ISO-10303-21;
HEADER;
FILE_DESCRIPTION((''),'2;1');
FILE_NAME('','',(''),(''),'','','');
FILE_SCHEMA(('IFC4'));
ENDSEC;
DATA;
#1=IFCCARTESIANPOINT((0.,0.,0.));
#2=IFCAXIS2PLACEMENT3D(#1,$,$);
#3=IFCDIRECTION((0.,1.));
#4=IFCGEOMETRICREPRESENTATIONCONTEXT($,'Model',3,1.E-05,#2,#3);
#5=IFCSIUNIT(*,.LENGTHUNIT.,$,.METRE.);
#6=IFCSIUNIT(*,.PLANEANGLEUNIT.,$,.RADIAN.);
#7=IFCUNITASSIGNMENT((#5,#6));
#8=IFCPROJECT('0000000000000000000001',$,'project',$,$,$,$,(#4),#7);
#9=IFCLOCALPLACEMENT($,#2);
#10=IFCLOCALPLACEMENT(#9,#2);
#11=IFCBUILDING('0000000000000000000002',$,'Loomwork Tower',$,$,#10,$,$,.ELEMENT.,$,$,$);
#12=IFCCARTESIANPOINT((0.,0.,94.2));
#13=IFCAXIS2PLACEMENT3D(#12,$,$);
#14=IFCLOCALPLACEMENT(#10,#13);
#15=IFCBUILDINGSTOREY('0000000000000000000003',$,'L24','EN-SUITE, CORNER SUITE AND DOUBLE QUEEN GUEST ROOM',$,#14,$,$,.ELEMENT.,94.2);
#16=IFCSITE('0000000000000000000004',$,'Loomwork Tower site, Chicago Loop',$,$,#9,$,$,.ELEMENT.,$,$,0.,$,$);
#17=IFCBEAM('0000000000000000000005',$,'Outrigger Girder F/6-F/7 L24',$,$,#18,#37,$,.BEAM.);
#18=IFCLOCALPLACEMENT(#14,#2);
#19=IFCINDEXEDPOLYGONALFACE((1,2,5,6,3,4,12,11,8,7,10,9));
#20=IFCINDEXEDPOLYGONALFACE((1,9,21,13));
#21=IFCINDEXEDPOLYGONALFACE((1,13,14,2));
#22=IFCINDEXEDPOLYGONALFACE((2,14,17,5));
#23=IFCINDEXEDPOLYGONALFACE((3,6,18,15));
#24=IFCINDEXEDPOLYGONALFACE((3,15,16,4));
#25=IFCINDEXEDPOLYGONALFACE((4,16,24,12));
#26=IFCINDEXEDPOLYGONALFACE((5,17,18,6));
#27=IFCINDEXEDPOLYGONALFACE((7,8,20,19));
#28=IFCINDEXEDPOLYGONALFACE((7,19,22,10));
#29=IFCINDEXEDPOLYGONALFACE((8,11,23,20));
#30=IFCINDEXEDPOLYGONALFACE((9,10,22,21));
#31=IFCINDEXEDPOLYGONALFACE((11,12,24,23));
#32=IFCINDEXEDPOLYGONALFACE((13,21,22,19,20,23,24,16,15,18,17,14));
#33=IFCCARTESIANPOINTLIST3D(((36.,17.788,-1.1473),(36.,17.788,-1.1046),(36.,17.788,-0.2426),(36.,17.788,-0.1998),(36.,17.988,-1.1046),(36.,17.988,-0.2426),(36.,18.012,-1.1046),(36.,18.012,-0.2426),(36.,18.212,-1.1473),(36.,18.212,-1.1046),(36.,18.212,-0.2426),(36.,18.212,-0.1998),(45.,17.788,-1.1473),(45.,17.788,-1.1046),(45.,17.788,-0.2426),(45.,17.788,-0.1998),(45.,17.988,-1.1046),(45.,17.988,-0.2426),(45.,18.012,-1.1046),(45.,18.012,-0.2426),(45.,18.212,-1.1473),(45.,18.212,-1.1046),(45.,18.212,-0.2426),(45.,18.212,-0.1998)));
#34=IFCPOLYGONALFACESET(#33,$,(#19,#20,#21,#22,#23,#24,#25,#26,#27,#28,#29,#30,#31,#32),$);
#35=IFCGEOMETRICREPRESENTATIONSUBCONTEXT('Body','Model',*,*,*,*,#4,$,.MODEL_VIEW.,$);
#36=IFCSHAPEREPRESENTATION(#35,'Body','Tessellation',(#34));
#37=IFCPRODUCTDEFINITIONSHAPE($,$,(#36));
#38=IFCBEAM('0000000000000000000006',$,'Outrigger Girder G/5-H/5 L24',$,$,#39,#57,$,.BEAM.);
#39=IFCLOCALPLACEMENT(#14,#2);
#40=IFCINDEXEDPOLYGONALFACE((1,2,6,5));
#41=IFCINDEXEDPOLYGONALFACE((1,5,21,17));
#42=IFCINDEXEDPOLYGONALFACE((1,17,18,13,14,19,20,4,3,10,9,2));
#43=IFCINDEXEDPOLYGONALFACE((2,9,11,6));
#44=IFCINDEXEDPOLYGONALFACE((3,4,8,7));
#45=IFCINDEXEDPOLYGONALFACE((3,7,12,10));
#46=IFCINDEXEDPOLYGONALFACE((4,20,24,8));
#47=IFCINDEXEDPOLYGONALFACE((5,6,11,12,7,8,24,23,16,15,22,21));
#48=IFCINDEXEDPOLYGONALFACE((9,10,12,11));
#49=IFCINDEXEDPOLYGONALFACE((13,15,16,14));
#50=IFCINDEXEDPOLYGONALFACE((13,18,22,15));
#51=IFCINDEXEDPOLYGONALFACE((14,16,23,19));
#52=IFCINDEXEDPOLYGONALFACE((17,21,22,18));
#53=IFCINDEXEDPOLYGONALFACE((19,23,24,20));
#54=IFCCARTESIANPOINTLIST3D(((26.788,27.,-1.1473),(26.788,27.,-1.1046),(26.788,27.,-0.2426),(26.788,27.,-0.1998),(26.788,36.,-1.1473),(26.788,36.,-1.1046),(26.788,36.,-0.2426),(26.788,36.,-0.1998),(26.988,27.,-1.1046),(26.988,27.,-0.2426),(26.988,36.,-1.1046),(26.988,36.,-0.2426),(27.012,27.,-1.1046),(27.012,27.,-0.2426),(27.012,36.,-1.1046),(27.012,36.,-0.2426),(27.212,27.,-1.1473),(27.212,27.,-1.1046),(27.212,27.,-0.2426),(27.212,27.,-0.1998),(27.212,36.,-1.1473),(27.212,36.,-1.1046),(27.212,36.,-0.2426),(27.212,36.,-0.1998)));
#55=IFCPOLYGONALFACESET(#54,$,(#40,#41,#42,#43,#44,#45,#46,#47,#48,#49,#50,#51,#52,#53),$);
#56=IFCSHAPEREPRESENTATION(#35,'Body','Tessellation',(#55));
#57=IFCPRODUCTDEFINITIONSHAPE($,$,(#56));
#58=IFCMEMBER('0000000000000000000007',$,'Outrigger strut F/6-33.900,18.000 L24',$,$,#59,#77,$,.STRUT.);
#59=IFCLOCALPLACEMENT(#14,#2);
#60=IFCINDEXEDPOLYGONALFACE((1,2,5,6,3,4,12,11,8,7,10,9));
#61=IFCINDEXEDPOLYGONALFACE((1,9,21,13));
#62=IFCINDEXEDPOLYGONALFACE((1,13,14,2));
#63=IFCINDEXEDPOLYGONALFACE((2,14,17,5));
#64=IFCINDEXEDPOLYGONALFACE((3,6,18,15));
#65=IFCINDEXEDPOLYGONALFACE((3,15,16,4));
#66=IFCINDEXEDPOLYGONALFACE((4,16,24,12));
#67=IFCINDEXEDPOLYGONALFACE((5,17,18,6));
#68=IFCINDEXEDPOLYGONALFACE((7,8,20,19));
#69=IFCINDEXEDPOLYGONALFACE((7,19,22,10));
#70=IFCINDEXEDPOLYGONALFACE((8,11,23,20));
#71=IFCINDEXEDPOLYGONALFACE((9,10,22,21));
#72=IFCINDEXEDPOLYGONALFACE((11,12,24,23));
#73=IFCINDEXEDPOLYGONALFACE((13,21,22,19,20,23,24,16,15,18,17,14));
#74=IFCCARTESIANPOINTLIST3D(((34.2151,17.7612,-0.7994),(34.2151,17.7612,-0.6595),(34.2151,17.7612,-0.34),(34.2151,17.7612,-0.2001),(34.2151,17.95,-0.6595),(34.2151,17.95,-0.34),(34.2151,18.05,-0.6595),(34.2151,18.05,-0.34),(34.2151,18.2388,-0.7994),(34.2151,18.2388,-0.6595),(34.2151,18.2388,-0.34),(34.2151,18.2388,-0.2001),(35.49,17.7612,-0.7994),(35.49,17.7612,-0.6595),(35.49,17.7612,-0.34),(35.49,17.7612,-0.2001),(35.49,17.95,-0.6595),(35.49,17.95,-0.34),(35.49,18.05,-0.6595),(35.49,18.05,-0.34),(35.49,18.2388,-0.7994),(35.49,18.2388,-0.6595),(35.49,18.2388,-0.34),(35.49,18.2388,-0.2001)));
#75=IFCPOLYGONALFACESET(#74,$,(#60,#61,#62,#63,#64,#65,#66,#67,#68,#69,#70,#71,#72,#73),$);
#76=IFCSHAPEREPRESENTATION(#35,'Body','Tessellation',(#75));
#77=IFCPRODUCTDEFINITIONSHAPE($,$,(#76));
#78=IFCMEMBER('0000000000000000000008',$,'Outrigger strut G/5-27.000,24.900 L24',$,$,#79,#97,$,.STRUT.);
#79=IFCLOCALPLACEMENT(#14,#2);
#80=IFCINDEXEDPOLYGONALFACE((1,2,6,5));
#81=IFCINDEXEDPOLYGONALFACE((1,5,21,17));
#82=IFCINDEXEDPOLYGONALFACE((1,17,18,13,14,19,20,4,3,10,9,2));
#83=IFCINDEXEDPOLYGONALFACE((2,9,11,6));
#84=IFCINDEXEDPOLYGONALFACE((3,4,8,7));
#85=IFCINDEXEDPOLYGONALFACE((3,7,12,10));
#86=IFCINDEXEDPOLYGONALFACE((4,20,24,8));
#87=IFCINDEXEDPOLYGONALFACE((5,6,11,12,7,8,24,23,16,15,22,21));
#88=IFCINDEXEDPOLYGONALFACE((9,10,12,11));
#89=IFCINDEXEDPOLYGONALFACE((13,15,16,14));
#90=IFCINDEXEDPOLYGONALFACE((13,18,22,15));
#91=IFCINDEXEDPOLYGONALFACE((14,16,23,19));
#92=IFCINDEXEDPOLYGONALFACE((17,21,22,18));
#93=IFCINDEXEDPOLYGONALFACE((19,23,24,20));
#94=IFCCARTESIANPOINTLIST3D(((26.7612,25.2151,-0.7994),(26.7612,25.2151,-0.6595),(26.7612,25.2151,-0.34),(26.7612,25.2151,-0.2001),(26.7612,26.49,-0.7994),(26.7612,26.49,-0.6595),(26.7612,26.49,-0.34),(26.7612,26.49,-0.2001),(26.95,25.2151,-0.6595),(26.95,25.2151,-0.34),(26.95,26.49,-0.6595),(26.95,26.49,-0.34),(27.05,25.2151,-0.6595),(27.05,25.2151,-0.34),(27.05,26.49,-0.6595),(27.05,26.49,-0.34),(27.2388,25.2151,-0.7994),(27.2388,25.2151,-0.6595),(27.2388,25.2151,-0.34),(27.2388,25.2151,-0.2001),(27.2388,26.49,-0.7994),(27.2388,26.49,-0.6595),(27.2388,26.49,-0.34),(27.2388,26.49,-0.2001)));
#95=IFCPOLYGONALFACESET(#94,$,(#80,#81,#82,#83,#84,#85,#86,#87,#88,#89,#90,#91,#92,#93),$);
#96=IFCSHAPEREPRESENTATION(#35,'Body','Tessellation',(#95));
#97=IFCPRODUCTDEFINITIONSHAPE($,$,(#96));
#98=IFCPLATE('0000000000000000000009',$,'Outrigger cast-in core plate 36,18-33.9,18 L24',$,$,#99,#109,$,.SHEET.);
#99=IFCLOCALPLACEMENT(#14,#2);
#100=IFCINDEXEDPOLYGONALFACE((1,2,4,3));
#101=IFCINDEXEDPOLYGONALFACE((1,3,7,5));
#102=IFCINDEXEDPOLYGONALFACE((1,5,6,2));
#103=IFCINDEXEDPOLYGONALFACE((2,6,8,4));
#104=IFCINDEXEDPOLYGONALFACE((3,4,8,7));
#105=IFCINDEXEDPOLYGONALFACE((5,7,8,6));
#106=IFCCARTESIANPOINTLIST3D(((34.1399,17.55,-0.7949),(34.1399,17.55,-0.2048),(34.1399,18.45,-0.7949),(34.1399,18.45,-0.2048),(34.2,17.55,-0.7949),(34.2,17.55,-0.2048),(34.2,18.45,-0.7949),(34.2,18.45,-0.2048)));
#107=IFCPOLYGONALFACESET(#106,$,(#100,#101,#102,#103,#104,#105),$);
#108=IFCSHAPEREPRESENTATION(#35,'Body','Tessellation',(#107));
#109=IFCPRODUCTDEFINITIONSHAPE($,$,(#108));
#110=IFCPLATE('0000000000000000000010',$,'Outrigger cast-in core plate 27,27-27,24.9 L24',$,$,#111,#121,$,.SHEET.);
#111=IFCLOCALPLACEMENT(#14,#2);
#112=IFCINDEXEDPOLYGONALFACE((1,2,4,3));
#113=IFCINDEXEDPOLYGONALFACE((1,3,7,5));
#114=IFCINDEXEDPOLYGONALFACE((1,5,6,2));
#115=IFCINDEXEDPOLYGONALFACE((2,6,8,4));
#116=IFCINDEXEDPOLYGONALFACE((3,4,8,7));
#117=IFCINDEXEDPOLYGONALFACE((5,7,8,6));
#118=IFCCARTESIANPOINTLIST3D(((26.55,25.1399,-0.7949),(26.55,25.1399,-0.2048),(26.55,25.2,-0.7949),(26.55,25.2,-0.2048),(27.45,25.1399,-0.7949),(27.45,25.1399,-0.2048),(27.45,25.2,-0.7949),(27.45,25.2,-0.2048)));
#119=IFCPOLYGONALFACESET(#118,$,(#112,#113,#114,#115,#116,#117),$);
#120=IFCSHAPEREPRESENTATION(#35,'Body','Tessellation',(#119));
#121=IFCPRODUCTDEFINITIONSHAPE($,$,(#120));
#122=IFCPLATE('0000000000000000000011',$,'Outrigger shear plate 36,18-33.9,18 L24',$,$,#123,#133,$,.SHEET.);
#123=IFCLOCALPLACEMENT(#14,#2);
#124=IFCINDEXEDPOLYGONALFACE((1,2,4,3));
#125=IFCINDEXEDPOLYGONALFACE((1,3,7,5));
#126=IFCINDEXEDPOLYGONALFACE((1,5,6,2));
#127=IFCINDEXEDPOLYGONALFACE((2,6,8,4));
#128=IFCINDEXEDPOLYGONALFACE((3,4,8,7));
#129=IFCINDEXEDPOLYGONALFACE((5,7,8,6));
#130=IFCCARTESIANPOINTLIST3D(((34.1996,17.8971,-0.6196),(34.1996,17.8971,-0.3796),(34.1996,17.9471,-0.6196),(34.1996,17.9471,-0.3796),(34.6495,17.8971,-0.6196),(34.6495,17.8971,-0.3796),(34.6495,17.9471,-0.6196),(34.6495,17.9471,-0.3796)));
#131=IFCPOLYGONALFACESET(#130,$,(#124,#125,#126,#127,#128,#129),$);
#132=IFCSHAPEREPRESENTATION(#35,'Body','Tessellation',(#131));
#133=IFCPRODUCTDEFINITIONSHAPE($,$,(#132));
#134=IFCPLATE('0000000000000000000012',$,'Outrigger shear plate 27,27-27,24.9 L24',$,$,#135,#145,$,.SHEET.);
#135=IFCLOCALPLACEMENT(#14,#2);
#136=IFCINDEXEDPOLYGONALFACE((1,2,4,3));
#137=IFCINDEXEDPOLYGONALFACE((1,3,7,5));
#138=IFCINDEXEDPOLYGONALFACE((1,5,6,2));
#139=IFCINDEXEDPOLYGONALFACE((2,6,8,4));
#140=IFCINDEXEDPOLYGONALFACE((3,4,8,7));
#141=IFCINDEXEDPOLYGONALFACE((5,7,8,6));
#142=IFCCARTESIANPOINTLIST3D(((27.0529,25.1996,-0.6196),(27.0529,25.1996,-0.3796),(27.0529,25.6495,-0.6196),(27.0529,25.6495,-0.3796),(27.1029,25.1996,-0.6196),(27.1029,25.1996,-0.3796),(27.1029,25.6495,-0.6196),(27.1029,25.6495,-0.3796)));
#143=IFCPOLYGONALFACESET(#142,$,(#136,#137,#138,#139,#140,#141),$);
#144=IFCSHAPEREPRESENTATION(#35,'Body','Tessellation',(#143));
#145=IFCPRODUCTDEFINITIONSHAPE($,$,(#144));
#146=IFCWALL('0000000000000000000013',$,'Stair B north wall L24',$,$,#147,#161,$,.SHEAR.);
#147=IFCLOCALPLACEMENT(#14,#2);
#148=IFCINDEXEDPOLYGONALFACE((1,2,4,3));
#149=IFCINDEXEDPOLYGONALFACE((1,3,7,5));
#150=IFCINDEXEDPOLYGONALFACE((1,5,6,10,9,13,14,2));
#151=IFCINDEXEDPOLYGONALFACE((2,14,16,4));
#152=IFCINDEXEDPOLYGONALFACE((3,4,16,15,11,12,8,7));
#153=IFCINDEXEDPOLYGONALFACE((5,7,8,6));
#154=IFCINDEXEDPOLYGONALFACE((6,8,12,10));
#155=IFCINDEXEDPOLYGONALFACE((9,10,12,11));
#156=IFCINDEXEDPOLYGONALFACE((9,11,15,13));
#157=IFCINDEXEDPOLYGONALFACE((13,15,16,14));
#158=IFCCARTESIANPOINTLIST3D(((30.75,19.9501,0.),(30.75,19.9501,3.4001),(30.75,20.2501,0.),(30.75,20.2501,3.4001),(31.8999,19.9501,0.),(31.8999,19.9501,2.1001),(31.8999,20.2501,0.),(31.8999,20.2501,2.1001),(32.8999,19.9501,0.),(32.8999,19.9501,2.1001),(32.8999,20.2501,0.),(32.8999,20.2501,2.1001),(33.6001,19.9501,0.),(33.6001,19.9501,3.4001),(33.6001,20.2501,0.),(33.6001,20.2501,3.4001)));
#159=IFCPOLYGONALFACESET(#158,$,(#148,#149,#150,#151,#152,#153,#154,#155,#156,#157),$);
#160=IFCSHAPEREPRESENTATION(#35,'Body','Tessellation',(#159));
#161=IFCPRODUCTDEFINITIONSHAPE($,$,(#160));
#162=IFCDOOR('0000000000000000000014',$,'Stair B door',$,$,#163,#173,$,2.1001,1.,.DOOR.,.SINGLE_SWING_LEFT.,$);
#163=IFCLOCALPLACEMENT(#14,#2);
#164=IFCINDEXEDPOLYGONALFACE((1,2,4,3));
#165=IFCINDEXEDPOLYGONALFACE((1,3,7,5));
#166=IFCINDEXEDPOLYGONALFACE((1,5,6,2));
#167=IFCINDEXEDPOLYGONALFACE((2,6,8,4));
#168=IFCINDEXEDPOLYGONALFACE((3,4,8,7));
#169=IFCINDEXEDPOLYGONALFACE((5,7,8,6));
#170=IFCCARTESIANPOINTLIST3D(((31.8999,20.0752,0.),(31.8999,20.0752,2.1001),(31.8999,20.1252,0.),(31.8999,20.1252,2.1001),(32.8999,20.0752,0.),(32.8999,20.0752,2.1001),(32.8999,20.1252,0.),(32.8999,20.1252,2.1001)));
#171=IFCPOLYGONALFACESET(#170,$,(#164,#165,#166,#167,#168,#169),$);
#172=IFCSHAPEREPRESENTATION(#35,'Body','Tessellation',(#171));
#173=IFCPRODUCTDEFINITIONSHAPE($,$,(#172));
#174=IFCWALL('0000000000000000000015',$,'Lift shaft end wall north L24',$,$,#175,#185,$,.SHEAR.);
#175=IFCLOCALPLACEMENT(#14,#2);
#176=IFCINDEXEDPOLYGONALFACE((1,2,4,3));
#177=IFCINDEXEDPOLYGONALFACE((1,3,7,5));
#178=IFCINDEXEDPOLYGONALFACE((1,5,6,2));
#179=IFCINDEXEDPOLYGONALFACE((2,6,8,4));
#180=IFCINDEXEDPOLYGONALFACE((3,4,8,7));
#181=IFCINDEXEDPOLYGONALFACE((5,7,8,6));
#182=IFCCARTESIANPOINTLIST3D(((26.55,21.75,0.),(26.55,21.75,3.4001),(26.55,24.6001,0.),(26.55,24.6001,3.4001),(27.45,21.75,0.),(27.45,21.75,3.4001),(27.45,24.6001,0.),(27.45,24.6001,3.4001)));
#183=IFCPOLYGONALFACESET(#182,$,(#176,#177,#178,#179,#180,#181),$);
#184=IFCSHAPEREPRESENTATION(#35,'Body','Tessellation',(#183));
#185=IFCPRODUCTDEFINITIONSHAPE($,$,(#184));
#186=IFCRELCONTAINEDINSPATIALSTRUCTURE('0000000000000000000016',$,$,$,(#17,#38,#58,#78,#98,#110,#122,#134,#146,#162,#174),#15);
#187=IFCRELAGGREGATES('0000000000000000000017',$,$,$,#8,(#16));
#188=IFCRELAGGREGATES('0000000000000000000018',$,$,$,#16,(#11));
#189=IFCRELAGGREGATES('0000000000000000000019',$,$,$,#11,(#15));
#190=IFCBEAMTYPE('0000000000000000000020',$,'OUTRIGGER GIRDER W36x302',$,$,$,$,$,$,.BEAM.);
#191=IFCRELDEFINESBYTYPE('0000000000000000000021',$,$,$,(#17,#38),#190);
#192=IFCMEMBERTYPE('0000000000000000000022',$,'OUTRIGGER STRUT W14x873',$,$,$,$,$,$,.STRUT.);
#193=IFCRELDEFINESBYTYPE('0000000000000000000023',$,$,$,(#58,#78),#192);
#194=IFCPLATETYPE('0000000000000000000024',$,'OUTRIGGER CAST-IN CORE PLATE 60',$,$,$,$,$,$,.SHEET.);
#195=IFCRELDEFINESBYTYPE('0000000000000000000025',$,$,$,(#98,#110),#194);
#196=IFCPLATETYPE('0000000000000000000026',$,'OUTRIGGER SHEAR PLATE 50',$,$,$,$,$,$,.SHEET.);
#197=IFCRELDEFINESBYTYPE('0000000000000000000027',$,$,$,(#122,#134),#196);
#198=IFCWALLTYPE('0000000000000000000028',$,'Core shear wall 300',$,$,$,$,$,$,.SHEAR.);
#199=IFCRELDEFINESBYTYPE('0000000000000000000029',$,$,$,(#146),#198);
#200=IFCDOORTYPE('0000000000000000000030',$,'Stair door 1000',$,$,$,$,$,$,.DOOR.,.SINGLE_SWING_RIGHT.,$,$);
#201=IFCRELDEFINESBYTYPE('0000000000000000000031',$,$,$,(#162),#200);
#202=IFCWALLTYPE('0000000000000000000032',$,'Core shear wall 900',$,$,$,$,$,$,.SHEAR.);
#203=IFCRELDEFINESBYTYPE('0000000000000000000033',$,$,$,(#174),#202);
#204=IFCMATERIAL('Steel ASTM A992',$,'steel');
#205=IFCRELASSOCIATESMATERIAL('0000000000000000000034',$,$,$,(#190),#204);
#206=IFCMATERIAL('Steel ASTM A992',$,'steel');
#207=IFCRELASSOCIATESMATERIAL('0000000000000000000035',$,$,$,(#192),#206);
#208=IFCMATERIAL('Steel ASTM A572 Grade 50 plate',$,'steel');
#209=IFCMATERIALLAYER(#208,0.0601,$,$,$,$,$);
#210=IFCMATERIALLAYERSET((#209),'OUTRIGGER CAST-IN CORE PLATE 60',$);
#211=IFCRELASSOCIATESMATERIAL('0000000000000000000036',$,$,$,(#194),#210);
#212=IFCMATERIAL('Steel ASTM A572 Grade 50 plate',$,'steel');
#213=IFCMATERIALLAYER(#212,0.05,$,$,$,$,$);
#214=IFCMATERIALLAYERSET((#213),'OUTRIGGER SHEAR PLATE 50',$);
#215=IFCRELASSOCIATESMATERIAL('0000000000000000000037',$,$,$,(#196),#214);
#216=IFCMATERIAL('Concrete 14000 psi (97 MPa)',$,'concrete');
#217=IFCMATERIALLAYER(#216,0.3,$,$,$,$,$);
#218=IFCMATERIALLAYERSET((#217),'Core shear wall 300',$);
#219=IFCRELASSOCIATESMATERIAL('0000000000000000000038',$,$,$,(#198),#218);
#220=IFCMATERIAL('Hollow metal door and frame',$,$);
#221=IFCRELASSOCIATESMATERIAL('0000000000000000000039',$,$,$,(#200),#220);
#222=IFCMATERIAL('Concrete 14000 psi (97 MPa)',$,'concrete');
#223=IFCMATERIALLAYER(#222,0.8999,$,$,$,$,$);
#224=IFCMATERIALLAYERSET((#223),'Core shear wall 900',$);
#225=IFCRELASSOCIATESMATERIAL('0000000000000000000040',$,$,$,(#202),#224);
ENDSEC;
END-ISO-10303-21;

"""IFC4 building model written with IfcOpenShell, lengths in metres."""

from ifc_helpers import new_model, si_unit, direction, frame, frame_2d, origin, origin_2d, place, context, subcontext, project, spatial, rectangle, i_section, extrude, material, layer, layer_set, material_profile, profile_set, type_object, element, fill, save


model = new_model("IFC4")

# Units and contexts
model_context = context("Model", 3, precision=1e-05, world=origin(), true_north=direction((0.0, 1.0)))
body_context = subcontext(model_context, "Body", "Model", "MODEL_VIEW")
ifc_project = project(units=[si_unit("LENGTHUNIT", "METRE"), si_unit("PLANEANGLEUNIT", "RADIAN")], contexts=[model_context])

# Site, building, storey
site_placement = place(None, origin())
site = spatial("IfcSite", under=ifc_project, at=site_placement, Name="Loomwork Tower site, Chicago Loop", CompositionType="ELEMENT", RefElevation=0.0)
building_placement = place(site_placement, origin())
building = spatial("IfcBuilding", under=site, at=building_placement, Name="Loomwork Tower", CompositionType="ELEMENT")
storey_placement = place(building_placement, frame((0.0, 0.0, 94.2)))
storey = spatial("IfcBuildingStorey", under=building, at=storey_placement, Name="L24", Description="EN-SUITE, CORNER SUITE AND DOUBLE QUEEN GUEST ROOM", CompositionType="ELEMENT", Elevation=94.2)

# Beams
ifc_material_1 = material(Name="Steel ASTM A992", Category="steel")
ifc_material_profile_1 = material_profile(ifc_material_1, i_section(OverallWidth=0.4241, OverallDepth=0.9475, WebThickness=0.0239, FlangeThickness=0.0427, at=origin_2d()), Name="W36x302")
ifc_profile_set_1 = profile_set([ifc_material_profile_1], Name="Steel ASTM A992")
beam_type_1 = type_object("IfcBeamType", Name="OUTRIGGER GIRDER W36x302", PredefinedType="BEAM", material=ifc_profile_set_1)
for number, where, z_axis, x_axis, name in (
    (1, (36.0, 18.0, -0.6736), (1.0, 0.0, 0.0), (0.0, 1.0, 0.0), "Outrigger Girder F/6-F/7 L24"),
    (2, (27.0, 27.0, -0.6736), (0.0, 1.0, 0.0), (-1.0, 0.0, 0.0), "Outrigger Girder G/5-H/5 L24"),
):
    element("IfcBeam", number, at=place(storey_placement, frame(where, z_axis=z_axis, x_axis=x_axis)), inside=storey, type_object=beam_type_1, Name=name, PredefinedType="BEAM", context=body_context, shape_type="SweptSolid", body=[
        extrude(i_section(OverallWidth=0.4241, OverallDepth=0.9475, WebThickness=0.0239, FlangeThickness=0.0427, at=origin_2d()), origin(), (0.0, 0.0, 1.0), 9.0),
    ])

# Members
ifc_material_2 = material(Name="Steel ASTM A992", Category="steel")
ifc_material_profile_2 = material_profile(ifc_material_2, i_section(OverallWidth=0.4775, OverallDepth=0.5994, WebThickness=0.1001, FlangeThickness=0.1399, at=origin_2d()), Name="W14x873")
ifc_profile_set_2 = profile_set([ifc_material_profile_2], Name="Steel ASTM A992")
member_type = type_object("IfcMemberType", Name="OUTRIGGER STRUT W14x873", PredefinedType="STRUT", material=ifc_profile_set_2)
for number, where, z_axis, x_axis, name in (
    (3, (35.49, 18.0, -0.4998), (-1.0, 0.0, 0.0), (0.0, -1.0, 0.0), "Outrigger strut F/6-33.900,18.000 L24"),
    (4, (27.0, 26.49, -0.4998), (0.0, -1.0, 0.0), (1.0, 0.0, 0.0), "Outrigger strut G/5-27.000,24.900 L24"),
):
    element("IfcMember", number, at=place(storey_placement, frame(where, z_axis=z_axis, x_axis=x_axis)), inside=storey, type_object=member_type, Name=name, PredefinedType="STRUT", context=body_context, shape_type="SweptSolid", body=[
        extrude(i_section(OverallWidth=0.4775, OverallDepth=0.5994, WebThickness=0.1001, FlangeThickness=0.1399, at=origin_2d()), origin(), (0.0, 0.0, 1.0), 1.2749),
    ])

# Plates
ifc_material_3 = material(Name="Steel ASTM A572 Grade 50 plate", Category="steel")
ifc_layer_1 = layer(ifc_material_3, 0.0601)
ifc_layer_set_1 = layer_set([ifc_layer_1], Name="OUTRIGGER CAST-IN CORE PLATE 60")
plate_type_1 = type_object("IfcPlateType", Name="OUTRIGGER CAST-IN CORE PLATE 60", PredefinedType="SHEET", material=ifc_layer_set_1)
for number, where, z_axis, x_axis, name in (
    (5, (34.1699, 18.0, -0.7949), (0.0, 0.0, 1.0), (0.0, 1.0, 0.0), "Outrigger cast-in core plate 36,18-33.9,18 L24"),
    (6, (27.0, 25.1699, -0.7949), (0.0, 0.0, 1.0), (1.0, 0.0, 0.0), "Outrigger cast-in core plate 27,27-27,24.9 L24"),
):
    element("IfcPlate", number, at=place(storey_placement, frame(where, z_axis=z_axis, x_axis=x_axis)), inside=storey, type_object=plate_type_1, Name=name, PredefinedType="SHEET", context=body_context, shape_type="SweptSolid", body=[
        extrude(rectangle(XDim=0.8999, YDim=0.0601, at=origin_2d()), origin(), (0.0, 0.0, 1.0), 0.5901),
    ])
ifc_material_4 = material(Name="Steel ASTM A572 Grade 50 plate", Category="steel")
ifc_layer_2 = layer(ifc_material_4, 0.05)
ifc_layer_set_2 = layer_set([ifc_layer_2], Name="OUTRIGGER SHEAR PLATE 50")
plate_type_2 = type_object("IfcPlateType", Name="OUTRIGGER SHEAR PLATE 50", PredefinedType="SHEET", material=ifc_layer_set_2)
for number, where, z_axis, x_axis, name in (
    (7, (34.4246, 17.9221, -0.6196), (0.0, 0.0, 1.0), (1.0, 0.0, 0.0), "Outrigger shear plate 36,18-33.9,18 L24"),
    (8, (27.0779, 25.4246, -0.6196), (0.0, 0.0, 1.0), (0.0, 1.0, 0.0), "Outrigger shear plate 27,27-27,24.9 L24"),
):
    element("IfcPlate", number, at=place(storey_placement, frame(where, z_axis=z_axis, x_axis=x_axis)), inside=storey, type_object=plate_type_2, Name=name, PredefinedType="SHEET", context=body_context, shape_type="SweptSolid", body=[
        extrude(rectangle(XDim=0.45, YDim=0.05, at=origin_2d()), origin(), (0.0, 0.0, 1.0), 0.24),
    ])

# Wall, opening, door
ifc_material_5 = material(Name="Concrete 14000 psi (97 MPa)", Category="concrete")
ifc_layer_3 = layer(ifc_material_5, 0.3)
ifc_layer_set_3 = layer_set([ifc_layer_3], Name="Core shear wall 300")
wall_type_1 = type_object("IfcWallType", Name="Core shear wall 300", PredefinedType="SHEAR", material=ifc_layer_set_3)
wall_1_placement = place(storey_placement, frame((30.75, 20.1001, 0.0), z_axis=(0.0, 0.0, 1.0), x_axis=(1.0, 0.0, 0.0)))
wall_1 = element("IfcWall", 9, at=wall_1_placement, inside=storey, type_object=wall_type_1, Name="Stair B north wall L24", PredefinedType="SHEAR", context=body_context, shape_type="SweptSolid", body=[
    extrude(rectangle(XDim=2.8501, YDim=0.3, at=frame_2d((1.425, 0.0))), origin(), (0.0, 0.0, 1.0), 3.4001),
])
opening_1_placement = place(wall_1_placement, frame((1.1499, 0.0, 0.0)))
opening_1 = element("IfcOpeningElement", 10, at=opening_1_placement, cuts=wall_1, PredefinedType="OPENING", context=body_context, shape_type="SweptSolid", body=[
    extrude(rectangle(XDim=1.0, YDim=2.1001, at=frame_2d((0.5, 1.05))), frame((0.0, 0.1599, 0.0), z_axis=(0.0, -1.0, 0.0), x_axis=(1.0, 0.0, 0.0)), (0.0, 0.0, 1.0), 0.3201),
])
ifc_material_6 = material(Name="Hollow metal door and frame")
door_type_1 = type_object("IfcDoorType", Name="Stair door 1000", OperationType="SINGLE_SWING_RIGHT", PredefinedType="DOOR", material=ifc_material_6)
door_1_placement = place(opening_1_placement, frame((1.0, 0.0, 0.0), z_axis=(0.0, 0.0, 1.0), x_axis=(-1.0, 0.0, 0.0)))
door_1 = element("IfcDoor", 11, at=door_1_placement, inside=storey, type_object=door_type_1, Name="Stair B door", OperationType="SINGLE_SWING_LEFT", OverallHeight=2.1001, OverallWidth=1.0, PredefinedType="DOOR", context=body_context, shape_type="SweptSolid", body=[
    extrude(rectangle(XDim=1.0, YDim=2.1001, at=frame_2d((0.5, 1.05))), frame((0.0, 0.0249, 0.0), z_axis=(0.0, -1.0, 0.0), x_axis=(1.0, 0.0, 0.0)), (0.0, 0.0, 1.0), 0.05),
])
fill(opening_1, door_1)

# Wall
ifc_material_7 = material(Name="Concrete 14000 psi (97 MPa)", Category="concrete")
ifc_layer_4 = layer(ifc_material_7, 0.8999)
ifc_layer_set_4 = layer_set([ifc_layer_4], Name="Core shear wall 900")
wall_type_2 = type_object("IfcWallType", Name="Core shear wall 900", PredefinedType="SHEAR", material=ifc_layer_set_4)
wall_2_placement = place(storey_placement, frame((27.0, 21.75, 0.0), z_axis=(0.0, 0.0, 1.0), x_axis=(0.0, 1.0, 0.0)))
element("IfcWall", 12, at=wall_2_placement, inside=storey, type_object=wall_type_2, Name="Lift shaft end wall north L24", PredefinedType="SHEAR", context=body_context, shape_type="SweptSolid", body=[
    extrude(rectangle(XDim=2.8501, YDim=0.8999, at=frame_2d((1.425, 0.0))), origin(), (0.0, 0.0, 1.0), 3.4001),
])

save(model, "model.ifc")
